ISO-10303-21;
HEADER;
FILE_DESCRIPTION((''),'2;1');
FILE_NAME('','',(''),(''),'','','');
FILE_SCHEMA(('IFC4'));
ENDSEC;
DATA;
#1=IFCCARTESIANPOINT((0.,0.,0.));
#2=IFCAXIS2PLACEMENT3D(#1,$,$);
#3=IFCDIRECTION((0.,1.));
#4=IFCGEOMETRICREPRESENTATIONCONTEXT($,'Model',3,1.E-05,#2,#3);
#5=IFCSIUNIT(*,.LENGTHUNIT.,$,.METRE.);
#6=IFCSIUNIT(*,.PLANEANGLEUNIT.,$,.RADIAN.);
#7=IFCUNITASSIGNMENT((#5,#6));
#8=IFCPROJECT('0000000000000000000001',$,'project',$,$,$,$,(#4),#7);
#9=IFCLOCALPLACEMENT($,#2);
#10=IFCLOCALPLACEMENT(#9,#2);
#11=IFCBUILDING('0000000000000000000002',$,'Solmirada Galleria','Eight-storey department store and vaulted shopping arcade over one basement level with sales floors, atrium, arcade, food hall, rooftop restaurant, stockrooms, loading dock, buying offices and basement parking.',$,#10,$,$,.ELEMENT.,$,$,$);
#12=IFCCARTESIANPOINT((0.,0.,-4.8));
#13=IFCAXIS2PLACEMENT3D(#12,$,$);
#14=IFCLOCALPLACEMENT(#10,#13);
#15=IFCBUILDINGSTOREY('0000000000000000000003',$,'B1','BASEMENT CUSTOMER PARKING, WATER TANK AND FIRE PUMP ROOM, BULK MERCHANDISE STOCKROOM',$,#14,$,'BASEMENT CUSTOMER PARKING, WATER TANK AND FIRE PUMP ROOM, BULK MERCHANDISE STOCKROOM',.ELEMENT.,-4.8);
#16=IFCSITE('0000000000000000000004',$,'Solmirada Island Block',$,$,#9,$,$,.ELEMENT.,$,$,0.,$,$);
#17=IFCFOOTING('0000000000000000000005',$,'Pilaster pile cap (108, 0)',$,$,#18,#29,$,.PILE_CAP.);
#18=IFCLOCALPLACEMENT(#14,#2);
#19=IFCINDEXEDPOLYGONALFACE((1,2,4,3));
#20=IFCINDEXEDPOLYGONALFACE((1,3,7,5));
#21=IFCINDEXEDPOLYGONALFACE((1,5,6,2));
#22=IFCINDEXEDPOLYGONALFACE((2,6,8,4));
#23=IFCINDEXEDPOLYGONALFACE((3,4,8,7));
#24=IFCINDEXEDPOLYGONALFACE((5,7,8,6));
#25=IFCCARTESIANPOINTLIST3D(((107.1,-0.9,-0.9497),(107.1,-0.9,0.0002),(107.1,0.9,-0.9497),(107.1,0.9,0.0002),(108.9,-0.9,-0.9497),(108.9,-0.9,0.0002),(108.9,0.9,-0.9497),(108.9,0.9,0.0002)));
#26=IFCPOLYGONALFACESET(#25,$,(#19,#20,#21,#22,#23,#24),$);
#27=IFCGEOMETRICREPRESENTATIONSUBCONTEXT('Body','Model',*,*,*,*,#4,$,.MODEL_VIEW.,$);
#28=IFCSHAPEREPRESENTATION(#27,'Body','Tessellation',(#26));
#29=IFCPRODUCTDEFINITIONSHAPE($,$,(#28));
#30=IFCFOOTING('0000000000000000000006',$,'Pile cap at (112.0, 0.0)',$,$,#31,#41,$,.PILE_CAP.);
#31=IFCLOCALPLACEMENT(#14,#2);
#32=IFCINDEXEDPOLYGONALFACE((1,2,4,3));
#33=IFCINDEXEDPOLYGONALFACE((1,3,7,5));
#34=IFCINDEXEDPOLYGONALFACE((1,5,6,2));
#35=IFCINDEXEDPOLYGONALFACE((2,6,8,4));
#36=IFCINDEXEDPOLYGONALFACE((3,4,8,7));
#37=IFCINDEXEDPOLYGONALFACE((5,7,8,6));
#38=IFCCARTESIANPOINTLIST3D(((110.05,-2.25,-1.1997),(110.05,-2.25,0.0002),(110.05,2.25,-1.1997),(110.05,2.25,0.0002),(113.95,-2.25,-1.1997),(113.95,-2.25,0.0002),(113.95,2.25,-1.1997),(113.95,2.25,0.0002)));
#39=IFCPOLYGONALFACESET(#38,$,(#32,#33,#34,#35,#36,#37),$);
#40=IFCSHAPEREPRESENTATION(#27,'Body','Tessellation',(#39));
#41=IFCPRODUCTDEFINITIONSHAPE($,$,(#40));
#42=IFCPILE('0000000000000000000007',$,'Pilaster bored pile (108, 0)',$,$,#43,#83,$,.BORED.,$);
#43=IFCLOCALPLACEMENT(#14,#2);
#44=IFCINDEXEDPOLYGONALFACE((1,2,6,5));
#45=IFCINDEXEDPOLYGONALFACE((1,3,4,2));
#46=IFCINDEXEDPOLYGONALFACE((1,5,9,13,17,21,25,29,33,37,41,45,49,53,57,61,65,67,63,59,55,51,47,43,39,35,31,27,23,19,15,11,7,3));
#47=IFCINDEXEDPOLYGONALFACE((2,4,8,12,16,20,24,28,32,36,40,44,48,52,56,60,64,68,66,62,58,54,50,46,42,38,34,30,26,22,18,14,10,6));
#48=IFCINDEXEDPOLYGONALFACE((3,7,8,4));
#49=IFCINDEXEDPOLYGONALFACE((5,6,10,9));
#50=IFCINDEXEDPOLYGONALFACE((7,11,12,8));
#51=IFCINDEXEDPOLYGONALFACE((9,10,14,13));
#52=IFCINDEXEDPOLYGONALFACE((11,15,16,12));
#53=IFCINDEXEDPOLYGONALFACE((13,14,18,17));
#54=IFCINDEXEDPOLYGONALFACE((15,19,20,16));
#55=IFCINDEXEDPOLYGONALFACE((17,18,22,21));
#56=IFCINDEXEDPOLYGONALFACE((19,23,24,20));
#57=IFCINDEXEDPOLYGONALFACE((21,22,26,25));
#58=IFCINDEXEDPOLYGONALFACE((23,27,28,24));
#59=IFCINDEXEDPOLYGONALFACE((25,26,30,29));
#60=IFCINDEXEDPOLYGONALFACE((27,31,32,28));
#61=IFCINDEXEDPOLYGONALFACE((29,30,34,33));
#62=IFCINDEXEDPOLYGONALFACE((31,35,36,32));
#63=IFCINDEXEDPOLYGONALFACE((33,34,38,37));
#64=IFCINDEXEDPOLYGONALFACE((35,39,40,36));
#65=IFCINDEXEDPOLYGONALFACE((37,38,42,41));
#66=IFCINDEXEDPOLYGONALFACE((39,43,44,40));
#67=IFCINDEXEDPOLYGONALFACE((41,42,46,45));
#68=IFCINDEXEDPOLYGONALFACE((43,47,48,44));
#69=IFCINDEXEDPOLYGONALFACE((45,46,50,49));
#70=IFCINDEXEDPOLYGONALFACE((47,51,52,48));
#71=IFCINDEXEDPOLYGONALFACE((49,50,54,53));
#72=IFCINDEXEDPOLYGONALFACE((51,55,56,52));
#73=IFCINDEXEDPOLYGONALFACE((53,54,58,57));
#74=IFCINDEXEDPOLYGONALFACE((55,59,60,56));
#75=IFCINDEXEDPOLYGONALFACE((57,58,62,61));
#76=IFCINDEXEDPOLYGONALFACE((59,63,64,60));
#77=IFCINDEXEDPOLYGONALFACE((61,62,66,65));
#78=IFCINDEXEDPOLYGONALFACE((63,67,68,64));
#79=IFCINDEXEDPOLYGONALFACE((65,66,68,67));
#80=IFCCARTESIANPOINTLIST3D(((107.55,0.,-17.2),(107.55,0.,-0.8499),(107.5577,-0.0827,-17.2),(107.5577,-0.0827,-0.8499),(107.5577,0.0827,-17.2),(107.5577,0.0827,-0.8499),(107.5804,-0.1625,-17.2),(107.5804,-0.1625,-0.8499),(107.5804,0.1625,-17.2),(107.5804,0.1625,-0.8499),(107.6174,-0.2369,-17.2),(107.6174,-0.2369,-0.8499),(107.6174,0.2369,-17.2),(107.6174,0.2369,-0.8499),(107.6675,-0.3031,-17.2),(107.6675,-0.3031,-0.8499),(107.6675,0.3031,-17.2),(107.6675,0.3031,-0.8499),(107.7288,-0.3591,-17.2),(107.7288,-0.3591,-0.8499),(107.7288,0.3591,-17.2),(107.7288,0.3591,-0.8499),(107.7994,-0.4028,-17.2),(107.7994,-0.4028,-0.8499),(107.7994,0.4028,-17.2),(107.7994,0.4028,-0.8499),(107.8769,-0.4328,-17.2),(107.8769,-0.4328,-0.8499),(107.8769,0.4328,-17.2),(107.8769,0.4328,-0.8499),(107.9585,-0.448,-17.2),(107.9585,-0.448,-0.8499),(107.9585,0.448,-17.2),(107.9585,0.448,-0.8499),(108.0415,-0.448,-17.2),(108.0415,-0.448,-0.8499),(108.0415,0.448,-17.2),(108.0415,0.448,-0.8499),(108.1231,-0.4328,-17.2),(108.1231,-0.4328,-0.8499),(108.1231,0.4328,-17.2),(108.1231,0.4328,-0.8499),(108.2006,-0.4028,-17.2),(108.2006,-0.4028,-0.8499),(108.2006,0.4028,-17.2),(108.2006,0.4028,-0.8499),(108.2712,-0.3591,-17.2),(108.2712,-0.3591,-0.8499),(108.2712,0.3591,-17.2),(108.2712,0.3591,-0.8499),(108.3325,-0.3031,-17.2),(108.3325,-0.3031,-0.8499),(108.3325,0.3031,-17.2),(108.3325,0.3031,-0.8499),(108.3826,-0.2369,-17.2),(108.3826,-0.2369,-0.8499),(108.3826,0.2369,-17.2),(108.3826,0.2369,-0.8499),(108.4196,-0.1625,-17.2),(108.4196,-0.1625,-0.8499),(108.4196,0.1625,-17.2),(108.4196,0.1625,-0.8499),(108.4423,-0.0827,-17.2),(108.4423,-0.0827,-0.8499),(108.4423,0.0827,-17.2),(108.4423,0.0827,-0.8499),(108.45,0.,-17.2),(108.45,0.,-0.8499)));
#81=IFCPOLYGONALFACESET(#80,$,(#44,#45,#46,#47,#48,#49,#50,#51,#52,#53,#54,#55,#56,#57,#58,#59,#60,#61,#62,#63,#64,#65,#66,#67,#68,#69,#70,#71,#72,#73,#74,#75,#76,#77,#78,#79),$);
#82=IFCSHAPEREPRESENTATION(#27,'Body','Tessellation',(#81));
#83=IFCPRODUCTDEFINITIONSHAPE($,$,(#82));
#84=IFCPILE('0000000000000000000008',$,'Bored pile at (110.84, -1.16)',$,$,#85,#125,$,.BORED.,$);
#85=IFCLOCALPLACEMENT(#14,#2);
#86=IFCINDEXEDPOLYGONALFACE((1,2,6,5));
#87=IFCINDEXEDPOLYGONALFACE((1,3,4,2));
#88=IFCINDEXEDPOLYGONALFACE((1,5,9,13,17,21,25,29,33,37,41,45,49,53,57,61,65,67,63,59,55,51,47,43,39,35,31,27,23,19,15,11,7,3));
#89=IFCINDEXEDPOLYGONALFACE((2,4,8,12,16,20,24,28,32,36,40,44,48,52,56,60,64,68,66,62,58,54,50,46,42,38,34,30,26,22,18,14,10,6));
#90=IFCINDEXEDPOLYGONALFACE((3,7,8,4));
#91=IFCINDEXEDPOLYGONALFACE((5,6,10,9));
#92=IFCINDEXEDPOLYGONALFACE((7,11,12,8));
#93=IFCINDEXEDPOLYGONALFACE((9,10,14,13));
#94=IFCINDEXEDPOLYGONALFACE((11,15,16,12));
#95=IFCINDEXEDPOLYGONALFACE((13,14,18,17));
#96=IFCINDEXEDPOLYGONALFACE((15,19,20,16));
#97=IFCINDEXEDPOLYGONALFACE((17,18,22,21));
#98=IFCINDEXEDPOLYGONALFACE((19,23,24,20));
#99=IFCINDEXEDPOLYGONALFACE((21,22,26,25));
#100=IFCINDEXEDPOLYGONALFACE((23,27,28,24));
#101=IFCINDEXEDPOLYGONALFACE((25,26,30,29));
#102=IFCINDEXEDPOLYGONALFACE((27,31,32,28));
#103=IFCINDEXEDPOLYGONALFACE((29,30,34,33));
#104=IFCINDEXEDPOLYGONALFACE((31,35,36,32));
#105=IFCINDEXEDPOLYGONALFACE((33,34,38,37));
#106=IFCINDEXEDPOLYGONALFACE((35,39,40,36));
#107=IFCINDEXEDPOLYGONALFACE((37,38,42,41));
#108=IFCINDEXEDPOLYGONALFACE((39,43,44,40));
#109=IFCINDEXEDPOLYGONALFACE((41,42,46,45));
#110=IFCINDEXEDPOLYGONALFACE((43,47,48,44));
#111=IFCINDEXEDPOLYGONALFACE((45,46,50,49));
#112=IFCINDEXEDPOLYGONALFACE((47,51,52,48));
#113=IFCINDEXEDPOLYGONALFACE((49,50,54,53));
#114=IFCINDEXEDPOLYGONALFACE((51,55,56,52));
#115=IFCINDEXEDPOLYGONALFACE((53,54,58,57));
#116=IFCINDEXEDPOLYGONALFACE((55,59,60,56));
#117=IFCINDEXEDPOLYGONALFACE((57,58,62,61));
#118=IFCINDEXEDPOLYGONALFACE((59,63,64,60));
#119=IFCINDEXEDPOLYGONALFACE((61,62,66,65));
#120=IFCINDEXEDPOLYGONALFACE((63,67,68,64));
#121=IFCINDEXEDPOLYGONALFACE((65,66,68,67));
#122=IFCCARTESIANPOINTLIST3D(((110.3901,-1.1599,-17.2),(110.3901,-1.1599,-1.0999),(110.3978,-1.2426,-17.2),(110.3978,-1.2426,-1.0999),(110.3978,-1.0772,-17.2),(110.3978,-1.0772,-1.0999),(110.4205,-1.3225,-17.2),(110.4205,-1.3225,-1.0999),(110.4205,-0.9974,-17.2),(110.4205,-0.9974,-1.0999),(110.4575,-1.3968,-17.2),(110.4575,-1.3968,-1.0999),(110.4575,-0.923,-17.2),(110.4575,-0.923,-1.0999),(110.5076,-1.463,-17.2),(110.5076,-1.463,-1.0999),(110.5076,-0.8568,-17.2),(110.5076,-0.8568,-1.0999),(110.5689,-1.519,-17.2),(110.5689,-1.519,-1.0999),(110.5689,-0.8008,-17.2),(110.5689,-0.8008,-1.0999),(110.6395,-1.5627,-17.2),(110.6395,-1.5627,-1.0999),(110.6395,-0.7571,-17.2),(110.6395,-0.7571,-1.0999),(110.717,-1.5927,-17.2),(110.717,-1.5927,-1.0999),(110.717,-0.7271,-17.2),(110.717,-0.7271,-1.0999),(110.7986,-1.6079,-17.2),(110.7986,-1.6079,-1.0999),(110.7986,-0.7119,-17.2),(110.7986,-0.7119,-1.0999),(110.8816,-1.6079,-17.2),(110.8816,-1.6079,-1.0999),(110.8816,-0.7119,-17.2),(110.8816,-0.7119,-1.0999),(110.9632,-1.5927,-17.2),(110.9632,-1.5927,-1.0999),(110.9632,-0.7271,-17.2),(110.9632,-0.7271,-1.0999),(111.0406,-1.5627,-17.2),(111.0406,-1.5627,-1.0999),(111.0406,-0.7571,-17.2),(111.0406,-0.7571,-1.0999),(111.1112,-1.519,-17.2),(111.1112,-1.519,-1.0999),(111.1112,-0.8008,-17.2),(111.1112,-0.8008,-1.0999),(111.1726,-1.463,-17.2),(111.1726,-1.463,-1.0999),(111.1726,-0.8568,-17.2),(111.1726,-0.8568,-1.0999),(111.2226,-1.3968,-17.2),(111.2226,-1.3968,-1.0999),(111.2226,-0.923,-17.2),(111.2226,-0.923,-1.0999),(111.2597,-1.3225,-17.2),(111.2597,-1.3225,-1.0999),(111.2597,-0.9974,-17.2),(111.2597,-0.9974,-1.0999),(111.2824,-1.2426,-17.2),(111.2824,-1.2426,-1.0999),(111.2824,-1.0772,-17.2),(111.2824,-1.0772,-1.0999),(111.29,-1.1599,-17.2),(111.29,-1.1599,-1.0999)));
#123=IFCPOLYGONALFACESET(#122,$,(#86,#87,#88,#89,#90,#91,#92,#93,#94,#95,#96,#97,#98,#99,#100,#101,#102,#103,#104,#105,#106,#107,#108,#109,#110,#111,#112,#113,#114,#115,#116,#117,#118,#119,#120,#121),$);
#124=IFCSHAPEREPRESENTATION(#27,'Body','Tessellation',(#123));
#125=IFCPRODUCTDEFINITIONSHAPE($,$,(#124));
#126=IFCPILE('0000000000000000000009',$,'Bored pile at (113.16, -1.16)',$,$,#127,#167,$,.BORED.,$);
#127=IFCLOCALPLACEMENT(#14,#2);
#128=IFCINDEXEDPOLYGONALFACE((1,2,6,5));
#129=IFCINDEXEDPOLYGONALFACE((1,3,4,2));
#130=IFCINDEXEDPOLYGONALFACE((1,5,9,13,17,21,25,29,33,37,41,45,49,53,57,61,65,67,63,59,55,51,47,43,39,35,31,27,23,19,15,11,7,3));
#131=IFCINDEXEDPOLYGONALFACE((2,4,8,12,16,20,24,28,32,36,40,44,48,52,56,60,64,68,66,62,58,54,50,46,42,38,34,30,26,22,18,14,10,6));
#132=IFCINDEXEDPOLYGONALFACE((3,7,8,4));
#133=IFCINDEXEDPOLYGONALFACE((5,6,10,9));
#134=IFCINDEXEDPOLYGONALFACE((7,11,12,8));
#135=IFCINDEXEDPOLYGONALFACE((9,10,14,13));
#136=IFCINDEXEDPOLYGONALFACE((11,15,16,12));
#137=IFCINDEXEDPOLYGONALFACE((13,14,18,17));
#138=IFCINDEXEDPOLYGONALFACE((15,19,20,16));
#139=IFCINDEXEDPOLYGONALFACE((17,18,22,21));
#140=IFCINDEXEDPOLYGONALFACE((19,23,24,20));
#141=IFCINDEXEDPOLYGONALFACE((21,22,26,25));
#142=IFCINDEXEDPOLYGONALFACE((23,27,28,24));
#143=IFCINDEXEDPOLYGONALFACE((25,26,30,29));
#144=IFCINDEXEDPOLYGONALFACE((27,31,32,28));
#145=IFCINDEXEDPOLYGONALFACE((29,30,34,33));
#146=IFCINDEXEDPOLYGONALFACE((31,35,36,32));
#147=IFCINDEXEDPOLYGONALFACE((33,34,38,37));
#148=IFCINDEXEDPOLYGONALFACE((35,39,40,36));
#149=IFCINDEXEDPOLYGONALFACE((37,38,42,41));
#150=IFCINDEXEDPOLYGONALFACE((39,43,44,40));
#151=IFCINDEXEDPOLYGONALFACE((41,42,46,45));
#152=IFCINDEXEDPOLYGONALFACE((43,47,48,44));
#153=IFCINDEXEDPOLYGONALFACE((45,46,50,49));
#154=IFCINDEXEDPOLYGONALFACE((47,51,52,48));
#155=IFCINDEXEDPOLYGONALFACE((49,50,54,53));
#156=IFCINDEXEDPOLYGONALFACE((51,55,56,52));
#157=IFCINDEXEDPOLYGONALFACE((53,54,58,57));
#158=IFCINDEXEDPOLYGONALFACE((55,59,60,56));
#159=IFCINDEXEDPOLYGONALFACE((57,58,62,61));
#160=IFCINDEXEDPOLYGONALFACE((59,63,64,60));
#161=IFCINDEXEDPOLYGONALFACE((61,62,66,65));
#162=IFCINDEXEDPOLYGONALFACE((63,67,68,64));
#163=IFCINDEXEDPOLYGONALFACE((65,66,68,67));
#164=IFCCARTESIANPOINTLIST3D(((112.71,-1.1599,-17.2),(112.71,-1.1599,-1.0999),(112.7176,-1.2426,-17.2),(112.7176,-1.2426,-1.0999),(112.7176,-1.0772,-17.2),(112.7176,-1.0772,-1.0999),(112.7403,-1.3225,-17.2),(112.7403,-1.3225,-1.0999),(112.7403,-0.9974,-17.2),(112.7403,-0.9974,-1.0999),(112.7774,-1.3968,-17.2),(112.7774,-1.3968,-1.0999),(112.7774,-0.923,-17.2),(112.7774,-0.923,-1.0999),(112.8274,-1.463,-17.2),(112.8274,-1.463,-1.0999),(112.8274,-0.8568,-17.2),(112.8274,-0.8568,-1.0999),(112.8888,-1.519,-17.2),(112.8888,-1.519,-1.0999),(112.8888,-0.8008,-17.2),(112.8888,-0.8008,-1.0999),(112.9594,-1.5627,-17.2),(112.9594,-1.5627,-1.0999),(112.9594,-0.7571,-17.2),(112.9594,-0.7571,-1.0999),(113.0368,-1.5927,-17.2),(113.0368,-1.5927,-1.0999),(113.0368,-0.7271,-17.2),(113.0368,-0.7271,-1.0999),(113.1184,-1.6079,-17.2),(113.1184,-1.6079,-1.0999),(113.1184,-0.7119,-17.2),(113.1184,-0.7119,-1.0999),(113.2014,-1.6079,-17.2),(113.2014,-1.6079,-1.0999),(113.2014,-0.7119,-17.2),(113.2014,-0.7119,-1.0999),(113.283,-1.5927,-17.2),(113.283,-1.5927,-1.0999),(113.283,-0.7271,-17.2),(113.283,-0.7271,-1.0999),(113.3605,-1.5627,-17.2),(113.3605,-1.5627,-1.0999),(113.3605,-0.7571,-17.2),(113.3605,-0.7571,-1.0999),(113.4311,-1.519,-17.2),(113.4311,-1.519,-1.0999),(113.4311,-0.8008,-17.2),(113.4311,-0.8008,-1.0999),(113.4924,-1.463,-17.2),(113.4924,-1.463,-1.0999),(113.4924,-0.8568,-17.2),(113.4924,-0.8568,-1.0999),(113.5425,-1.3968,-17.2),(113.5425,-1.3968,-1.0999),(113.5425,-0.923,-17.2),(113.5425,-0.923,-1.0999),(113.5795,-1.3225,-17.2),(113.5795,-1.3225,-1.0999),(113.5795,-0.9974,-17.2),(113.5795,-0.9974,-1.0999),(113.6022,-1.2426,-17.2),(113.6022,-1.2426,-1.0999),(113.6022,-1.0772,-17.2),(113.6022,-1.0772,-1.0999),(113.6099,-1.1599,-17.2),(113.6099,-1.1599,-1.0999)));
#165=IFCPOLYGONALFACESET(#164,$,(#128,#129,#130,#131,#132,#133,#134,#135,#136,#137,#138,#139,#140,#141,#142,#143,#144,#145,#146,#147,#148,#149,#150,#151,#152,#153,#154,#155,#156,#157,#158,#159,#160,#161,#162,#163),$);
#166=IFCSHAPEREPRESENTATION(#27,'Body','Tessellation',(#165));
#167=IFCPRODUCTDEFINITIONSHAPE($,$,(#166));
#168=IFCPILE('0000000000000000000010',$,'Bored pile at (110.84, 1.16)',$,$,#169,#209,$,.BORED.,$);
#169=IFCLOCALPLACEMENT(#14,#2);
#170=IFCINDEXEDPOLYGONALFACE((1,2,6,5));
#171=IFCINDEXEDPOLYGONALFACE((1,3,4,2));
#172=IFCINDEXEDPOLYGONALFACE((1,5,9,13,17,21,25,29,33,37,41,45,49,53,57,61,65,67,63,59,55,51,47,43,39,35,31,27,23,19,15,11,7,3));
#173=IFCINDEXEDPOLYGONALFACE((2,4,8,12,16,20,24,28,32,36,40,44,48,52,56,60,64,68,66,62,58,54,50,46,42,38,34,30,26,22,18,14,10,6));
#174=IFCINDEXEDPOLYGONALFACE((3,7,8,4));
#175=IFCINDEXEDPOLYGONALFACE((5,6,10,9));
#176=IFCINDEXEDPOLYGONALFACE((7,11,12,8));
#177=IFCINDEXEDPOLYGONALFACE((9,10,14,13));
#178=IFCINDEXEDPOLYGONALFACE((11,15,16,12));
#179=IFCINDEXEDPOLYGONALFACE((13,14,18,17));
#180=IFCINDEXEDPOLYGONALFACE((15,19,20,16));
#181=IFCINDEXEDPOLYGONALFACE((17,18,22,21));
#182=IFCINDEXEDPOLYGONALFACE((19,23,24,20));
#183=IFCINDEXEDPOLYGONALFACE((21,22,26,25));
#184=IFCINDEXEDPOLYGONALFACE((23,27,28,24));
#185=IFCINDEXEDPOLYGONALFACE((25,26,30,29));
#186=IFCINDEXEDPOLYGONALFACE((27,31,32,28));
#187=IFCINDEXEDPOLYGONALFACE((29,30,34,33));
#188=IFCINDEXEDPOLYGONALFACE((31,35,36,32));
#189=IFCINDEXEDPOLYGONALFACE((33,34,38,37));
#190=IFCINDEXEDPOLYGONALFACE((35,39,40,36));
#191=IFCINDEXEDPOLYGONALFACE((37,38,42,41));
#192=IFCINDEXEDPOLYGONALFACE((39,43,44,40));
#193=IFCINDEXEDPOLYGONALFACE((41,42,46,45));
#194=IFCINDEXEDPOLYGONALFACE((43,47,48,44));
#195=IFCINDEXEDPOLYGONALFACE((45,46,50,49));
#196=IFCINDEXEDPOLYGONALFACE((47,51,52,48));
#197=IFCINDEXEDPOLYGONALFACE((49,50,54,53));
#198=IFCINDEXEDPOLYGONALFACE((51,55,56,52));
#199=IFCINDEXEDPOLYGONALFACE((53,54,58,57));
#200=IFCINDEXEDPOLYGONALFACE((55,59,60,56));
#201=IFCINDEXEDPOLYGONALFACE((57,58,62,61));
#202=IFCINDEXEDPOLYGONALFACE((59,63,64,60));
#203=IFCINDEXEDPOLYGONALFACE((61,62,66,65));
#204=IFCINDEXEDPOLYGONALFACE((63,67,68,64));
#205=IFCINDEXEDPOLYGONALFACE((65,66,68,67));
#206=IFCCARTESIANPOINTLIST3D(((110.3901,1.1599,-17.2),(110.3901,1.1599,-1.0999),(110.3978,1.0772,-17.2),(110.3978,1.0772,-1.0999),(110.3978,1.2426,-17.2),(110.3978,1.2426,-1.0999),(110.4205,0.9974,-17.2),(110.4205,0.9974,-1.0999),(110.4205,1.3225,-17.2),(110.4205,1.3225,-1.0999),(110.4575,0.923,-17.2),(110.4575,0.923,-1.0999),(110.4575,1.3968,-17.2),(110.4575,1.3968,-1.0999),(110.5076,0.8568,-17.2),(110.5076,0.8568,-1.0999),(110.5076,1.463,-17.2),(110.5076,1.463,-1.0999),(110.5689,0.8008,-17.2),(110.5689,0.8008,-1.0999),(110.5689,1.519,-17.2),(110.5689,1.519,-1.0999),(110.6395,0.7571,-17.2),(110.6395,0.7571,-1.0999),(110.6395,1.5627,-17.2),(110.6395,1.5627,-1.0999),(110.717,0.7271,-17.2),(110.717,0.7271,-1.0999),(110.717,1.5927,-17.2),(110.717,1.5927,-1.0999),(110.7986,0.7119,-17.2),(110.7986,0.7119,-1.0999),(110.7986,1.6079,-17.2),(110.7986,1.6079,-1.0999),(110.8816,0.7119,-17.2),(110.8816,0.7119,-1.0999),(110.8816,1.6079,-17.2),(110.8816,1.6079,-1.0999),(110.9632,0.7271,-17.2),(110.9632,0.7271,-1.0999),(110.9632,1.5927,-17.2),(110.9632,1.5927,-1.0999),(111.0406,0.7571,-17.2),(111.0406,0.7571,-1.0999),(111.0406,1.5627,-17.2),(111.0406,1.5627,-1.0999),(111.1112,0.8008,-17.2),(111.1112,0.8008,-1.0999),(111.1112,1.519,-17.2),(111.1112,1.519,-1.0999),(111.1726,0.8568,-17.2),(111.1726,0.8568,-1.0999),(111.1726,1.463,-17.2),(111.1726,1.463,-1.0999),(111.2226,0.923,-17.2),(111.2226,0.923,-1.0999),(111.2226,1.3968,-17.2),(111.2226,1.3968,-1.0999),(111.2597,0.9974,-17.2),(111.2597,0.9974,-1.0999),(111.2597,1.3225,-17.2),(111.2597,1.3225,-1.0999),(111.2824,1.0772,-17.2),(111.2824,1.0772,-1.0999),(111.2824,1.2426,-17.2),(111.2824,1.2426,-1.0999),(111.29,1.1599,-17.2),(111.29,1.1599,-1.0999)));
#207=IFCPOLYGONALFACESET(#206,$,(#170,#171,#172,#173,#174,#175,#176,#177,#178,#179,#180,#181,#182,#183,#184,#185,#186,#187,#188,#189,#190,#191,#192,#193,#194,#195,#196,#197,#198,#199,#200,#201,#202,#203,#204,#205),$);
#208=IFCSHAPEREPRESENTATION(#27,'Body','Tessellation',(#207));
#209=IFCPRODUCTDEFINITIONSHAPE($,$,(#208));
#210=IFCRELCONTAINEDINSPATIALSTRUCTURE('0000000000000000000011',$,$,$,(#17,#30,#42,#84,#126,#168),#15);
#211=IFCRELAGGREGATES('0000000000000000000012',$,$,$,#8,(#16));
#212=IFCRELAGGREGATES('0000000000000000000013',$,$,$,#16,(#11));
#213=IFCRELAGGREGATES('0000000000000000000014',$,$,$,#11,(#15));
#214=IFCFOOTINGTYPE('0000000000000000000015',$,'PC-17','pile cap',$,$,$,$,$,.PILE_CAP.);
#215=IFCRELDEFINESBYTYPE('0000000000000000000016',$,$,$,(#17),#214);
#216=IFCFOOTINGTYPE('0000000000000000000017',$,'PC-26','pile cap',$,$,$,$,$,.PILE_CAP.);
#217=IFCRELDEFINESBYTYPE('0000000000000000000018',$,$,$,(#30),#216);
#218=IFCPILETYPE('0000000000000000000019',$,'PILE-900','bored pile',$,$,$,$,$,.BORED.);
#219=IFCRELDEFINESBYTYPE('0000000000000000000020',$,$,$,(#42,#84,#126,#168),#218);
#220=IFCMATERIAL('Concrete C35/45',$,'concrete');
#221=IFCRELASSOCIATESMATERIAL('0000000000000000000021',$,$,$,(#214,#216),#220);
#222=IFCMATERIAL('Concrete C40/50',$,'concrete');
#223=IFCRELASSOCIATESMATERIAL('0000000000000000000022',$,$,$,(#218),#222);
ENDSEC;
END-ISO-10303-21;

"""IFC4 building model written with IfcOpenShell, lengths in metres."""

from ifc_helpers import new_model, si_unit, direction, frame, origin, origin_2d, place, context, subcontext, project, spatial, rectangle, circle, extrude, material, material_profile, profile_set, type_object, element, save


model = new_model("IFC4")

# Units and contexts
model_context = context("Model", 3, precision=1e-05, world=origin(), true_north=direction((0.0, 1.0)))
body_context = subcontext(model_context, "Body", "Model", "MODEL_VIEW")
ifc_project = project(units=[si_unit("LENGTHUNIT", "METRE"), si_unit("PLANEANGLEUNIT", "RADIAN")], contexts=[model_context])

# Site, building, storey
site_placement = place(None, origin())
site = spatial("IfcSite", under=ifc_project, at=site_placement, Name="Solmirada Island Block", CompositionType="ELEMENT", RefElevation=0.0)
building_placement = place(site_placement, origin())
building = spatial("IfcBuilding", under=site, at=building_placement, Name="Solmirada Galleria", Description="Eight-storey department store and vaulted shopping arcade over one basement level with sales floors, atrium, arcade, food hall, rooftop restaurant, stockrooms, loading dock, buying offices and basement parking.", CompositionType="ELEMENT")
storey_placement = place(building_placement, frame((0.0, 0.0, -4.8)))
storey = spatial("IfcBuildingStorey", under=building, at=storey_placement, Name="B1", Description="BASEMENT CUSTOMER PARKING, WATER TANK AND FIRE PUMP ROOM, BULK MERCHANDISE STOCKROOM", LongName="BASEMENT CUSTOMER PARKING, WATER TANK AND FIRE PUMP ROOM, BULK MERCHANDISE STOCKROOM", CompositionType="ELEMENT", Elevation=-4.8)

# Footings
ifc_material_1 = material(Name="Concrete C35/45", Category="concrete")
footing_type_1 = type_object("IfcFootingType", Name="PC-17", Description="pile cap", PredefinedType="PILE_CAP", material=ifc_material_1)
footing_1_placement = place(storey_placement, frame((108.0, 0.0, -0.9497), z_axis=(0.0, 0.0, 1.0), x_axis=(1.0, 0.0, 0.0)))
element("IfcFooting", 1, at=footing_1_placement, inside=storey, type_object=footing_type_1, Name="Pilaster pile cap (108, 0)", PredefinedType="PILE_CAP", context=body_context, shape_type="SweptSolid", body=[
    extrude(rectangle(XDim=1.8, YDim=1.8, at=origin_2d()), origin(), (0.0, 0.0, 1.0), 0.95),
])
footing_type_2 = type_object("IfcFootingType", Name="PC-26", Description="pile cap", PredefinedType="PILE_CAP", material=ifc_material_1)
footing_2_placement = place(storey_placement, frame((112.0, 0.0, -1.1997), z_axis=(0.0, 0.0, 1.0), x_axis=(1.0, 0.0, 0.0)))
element("IfcFooting", 2, at=footing_2_placement, inside=storey, type_object=footing_type_2, Name="Pile cap at (112.0, 0.0)", PredefinedType="PILE_CAP", context=body_context, shape_type="SweptSolid", body=[
    extrude(rectangle(XDim=3.8999, YDim=4.5, at=origin_2d()), origin(), (0.0, 0.0, 1.0), 1.2),
])

# Piles
ifc_material_2 = material(Name="Concrete C40/50", Category="concrete")
ifc_material_profile_1 = material_profile(ifc_material_2, circle(Radius=0.45, at=origin_2d()), Name="PILE900")
ifc_profile_set_1 = profile_set([ifc_material_profile_1], Name="Concrete C40/50")
pile_type = type_object("IfcPileType", Name="PILE-900", Description="bored pile", PredefinedType="BORED", material=ifc_profile_set_1)
pile_placement = place(storey_placement, frame((108.0, 0.0, -0.8499), z_axis=(0.0, 0.0, -1.0), x_axis=(1.0, 0.0, 0.0)))
element("IfcPile", 3, at=pile_placement, inside=storey, type_object=pile_type, Name="Pilaster bored pile (108, 0)", PredefinedType="BORED", context=body_context, shape_type="SweptSolid", body=[
    extrude(circle(Radius=0.45, at=origin_2d()), origin(), (0.0, 0.0, 1.0), 16.3501),
])
for number, where, z_axis, x_axis, name in (
    (4, (110.8401, -1.1599, -1.0999), (0.0, 0.0, -1.0), (1.0, 0.0, 0.0), "Bored pile at (110.84, -1.16)"),
    (5, (113.1599, -1.1599, -1.0999), (0.0, 0.0, -1.0), (1.0, 0.0, 0.0), "Bored pile at (113.16, -1.16)"),
    (6, (110.8401, 1.1599, -1.0999), (0.0, 0.0, -1.0), (1.0, 0.0, 0.0), "Bored pile at (110.84, 1.16)"),
):
    element("IfcPile", number, at=place(storey_placement, frame(where, z_axis=z_axis, x_axis=x_axis)), inside=storey, type_object=pile_type, Name=name, PredefinedType="BORED", context=body_context, shape_type="SweptSolid", body=[
        extrude(circle(Radius=0.45, at=origin_2d()), origin(), (0.0, 0.0, 1.0), 16.1001),
    ])

save(model, "model.ifc")
